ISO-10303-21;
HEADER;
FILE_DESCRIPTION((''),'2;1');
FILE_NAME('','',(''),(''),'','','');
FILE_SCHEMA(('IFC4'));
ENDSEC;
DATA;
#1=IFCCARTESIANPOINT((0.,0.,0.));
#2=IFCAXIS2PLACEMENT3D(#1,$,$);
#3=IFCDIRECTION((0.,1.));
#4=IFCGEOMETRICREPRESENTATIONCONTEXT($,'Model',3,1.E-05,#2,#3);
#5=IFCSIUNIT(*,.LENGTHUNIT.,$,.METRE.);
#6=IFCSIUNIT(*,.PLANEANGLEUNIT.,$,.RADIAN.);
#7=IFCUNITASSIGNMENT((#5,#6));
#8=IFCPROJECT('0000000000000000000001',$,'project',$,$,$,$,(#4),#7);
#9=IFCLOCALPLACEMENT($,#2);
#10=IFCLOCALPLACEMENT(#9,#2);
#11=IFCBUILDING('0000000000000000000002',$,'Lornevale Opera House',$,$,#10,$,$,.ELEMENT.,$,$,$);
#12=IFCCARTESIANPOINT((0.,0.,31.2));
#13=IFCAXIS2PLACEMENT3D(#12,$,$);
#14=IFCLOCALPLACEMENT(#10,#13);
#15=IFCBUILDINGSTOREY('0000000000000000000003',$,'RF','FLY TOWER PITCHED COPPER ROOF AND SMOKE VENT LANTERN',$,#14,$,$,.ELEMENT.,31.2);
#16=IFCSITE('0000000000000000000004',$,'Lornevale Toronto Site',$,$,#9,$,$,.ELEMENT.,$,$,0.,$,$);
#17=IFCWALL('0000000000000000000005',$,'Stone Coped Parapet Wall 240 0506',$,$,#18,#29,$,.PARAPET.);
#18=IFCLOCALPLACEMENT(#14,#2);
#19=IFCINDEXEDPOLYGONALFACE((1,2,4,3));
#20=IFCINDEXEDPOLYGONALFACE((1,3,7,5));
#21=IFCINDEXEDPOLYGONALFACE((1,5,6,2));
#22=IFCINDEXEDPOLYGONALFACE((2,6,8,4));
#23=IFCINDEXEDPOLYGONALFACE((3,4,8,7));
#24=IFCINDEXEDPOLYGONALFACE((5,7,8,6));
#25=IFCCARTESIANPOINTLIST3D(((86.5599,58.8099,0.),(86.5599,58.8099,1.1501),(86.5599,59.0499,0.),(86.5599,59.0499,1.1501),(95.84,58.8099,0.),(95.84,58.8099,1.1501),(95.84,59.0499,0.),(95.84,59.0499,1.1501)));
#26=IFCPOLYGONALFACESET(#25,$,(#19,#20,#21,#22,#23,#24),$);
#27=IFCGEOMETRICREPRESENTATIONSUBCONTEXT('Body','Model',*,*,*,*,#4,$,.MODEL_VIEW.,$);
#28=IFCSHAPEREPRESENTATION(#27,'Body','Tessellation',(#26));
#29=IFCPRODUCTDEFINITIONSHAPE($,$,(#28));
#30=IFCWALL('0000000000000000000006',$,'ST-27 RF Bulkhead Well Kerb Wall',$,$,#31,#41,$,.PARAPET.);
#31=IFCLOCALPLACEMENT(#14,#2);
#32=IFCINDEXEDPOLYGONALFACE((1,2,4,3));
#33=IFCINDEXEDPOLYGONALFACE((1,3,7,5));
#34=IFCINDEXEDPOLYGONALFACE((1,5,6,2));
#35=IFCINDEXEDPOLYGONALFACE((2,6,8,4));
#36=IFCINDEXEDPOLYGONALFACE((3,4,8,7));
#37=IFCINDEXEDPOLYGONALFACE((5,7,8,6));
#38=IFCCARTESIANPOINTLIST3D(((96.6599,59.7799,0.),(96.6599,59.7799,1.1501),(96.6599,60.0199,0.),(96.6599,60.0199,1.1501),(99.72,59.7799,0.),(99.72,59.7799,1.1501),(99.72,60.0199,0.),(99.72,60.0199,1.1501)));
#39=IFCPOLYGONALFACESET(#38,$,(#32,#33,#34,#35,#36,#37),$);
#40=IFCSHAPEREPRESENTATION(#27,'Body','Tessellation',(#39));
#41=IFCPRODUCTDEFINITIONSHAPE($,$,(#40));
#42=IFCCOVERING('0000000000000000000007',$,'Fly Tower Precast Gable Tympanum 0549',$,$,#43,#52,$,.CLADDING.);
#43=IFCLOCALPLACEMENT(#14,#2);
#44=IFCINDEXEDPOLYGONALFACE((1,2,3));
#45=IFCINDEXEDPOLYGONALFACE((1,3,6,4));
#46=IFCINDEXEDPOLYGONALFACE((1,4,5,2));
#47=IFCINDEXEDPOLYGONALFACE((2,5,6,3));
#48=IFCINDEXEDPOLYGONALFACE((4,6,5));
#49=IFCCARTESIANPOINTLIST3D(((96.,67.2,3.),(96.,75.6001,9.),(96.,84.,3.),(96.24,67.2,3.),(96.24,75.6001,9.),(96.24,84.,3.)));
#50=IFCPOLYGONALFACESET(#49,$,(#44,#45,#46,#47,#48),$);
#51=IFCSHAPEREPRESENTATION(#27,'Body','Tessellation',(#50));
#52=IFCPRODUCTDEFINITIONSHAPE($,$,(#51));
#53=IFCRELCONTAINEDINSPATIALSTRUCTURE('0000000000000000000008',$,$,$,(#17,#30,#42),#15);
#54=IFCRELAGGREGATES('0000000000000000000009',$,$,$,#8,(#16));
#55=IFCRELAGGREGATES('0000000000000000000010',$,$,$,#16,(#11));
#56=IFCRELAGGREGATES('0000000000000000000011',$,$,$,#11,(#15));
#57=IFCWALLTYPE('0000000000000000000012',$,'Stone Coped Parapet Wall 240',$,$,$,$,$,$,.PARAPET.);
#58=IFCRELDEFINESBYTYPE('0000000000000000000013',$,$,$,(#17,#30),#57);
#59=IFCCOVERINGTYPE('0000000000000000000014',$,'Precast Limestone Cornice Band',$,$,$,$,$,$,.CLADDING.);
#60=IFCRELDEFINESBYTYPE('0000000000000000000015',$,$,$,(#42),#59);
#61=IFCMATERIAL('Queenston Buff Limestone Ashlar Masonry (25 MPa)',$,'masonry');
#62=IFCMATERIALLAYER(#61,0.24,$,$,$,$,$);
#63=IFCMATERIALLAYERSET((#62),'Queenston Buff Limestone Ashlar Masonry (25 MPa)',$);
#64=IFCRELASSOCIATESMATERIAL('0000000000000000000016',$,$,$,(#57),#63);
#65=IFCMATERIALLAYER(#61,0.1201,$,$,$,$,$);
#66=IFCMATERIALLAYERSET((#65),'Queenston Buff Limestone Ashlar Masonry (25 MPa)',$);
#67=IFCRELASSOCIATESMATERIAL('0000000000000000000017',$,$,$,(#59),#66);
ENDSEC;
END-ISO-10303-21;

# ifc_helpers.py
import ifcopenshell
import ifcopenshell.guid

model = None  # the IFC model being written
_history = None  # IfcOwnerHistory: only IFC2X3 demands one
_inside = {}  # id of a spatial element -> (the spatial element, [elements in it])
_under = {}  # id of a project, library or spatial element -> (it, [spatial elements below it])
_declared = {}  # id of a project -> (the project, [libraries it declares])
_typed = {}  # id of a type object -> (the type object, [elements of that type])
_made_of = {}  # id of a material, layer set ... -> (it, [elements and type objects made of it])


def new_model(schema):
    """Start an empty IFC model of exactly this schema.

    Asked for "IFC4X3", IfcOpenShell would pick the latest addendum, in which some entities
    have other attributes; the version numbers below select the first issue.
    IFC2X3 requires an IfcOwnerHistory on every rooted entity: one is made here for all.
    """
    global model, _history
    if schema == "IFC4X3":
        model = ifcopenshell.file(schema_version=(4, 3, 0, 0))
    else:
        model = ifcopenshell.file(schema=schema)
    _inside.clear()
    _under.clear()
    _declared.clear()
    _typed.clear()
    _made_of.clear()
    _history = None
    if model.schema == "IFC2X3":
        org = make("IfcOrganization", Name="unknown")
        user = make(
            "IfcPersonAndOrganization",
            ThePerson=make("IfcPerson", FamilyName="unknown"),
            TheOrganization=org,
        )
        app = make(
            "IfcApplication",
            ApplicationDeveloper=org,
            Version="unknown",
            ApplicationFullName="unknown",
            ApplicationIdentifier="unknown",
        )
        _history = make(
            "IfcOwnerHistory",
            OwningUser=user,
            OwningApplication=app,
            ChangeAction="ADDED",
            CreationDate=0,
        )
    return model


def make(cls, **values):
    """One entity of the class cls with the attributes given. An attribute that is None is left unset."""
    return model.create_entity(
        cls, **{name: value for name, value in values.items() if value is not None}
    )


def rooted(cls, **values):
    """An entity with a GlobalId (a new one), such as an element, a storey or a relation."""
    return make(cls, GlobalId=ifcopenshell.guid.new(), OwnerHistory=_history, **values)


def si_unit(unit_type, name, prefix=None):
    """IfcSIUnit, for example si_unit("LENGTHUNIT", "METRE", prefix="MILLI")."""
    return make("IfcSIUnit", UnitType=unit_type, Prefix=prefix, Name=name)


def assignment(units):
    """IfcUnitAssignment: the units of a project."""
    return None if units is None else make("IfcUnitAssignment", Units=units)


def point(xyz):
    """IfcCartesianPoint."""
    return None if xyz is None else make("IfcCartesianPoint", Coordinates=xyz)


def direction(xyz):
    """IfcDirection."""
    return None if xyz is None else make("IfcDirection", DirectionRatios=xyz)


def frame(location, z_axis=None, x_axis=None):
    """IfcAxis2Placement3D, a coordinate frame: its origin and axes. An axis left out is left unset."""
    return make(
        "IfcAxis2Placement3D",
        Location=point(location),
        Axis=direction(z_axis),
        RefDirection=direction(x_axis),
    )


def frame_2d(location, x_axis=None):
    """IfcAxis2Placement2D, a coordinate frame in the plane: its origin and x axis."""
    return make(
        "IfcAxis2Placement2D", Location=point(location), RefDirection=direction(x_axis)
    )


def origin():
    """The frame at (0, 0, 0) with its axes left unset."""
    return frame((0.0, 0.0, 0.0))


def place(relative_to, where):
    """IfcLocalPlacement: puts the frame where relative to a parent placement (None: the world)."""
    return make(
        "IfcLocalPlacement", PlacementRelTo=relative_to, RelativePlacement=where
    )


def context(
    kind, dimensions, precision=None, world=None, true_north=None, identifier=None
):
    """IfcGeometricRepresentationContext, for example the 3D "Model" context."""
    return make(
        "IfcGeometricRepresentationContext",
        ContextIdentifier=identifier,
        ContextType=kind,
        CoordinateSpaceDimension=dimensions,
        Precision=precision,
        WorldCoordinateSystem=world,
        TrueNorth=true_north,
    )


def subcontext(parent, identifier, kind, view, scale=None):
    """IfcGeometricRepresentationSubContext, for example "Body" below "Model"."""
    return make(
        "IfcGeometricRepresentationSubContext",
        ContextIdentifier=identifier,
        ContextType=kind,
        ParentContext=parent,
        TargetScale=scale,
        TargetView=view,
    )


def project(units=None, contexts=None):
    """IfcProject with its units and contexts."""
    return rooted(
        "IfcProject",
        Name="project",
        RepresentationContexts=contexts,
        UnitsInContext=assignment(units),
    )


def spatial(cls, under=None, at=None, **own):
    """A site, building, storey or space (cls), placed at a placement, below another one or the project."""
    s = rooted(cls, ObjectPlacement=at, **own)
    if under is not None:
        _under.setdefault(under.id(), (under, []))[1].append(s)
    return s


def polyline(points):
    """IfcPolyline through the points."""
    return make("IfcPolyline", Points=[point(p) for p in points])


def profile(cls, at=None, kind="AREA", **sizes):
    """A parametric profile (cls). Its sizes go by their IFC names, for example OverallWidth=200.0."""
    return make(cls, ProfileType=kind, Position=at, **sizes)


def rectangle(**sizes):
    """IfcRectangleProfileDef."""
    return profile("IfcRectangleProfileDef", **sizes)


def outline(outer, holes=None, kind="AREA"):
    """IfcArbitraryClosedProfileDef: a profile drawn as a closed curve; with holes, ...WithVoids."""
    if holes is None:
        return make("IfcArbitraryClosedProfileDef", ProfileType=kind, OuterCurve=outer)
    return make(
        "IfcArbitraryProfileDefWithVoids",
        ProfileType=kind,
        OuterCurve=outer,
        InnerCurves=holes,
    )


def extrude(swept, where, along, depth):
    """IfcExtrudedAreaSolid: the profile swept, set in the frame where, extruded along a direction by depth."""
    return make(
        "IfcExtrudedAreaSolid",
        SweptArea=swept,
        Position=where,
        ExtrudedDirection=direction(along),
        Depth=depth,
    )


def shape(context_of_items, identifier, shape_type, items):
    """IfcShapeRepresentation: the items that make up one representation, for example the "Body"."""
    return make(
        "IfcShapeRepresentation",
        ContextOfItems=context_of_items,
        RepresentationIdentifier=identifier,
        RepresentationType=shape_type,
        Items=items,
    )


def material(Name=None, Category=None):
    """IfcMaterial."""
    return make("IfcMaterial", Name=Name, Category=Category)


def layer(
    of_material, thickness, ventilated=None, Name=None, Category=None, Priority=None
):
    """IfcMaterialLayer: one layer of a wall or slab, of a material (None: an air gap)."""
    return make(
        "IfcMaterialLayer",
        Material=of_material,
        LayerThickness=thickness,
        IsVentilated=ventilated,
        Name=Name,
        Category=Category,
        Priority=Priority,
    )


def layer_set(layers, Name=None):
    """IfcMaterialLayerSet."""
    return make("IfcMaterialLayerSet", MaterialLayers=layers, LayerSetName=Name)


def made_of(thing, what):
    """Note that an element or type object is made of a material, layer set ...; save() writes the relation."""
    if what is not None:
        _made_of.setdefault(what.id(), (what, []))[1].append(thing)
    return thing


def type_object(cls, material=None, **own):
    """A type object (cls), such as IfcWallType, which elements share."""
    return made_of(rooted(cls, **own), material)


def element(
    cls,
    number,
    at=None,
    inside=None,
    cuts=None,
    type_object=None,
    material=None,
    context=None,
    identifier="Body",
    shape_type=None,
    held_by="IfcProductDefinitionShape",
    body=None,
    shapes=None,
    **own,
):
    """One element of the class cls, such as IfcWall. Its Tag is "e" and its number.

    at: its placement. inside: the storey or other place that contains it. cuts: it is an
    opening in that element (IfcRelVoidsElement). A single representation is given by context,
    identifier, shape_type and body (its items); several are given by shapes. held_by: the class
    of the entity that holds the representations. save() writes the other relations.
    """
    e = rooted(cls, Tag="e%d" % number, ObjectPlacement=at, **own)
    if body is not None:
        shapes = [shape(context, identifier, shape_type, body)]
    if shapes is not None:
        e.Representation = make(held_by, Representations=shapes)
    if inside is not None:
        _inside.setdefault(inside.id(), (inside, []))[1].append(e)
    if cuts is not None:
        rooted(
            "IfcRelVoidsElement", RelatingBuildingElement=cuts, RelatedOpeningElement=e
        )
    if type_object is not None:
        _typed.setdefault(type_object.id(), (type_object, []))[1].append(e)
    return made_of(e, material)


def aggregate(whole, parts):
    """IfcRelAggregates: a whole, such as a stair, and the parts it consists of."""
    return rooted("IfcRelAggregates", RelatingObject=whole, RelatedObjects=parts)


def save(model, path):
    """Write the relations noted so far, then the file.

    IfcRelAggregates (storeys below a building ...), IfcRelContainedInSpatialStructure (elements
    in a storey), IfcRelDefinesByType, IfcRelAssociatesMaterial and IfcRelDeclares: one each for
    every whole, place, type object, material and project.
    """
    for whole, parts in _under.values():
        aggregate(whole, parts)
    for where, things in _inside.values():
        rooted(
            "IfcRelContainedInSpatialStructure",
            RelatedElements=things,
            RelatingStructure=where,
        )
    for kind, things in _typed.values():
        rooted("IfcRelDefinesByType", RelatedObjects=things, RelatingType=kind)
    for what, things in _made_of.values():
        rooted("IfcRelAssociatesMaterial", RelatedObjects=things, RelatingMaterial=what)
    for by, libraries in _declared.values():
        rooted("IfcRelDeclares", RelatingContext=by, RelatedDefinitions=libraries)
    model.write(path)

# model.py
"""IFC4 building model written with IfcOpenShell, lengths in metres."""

from ifc_helpers import new_model, si_unit, direction, frame, frame_2d, origin, place, context, subcontext, project, spatial, polyline, rectangle, outline, extrude, material, layer, layer_set, type_object, element, save


model = new_model("IFC4")

# Units and contexts
model_context = context("Model", 3, precision=1e-05, world=origin(), true_north=direction((0.0, 1.0)))
body_context = subcontext(model_context, "Body", "Model", "MODEL_VIEW")
ifc_project = project(units=[si_unit("LENGTHUNIT", "METRE"), si_unit("PLANEANGLEUNIT", "RADIAN")], contexts=[model_context])

# Site, building, storey
site_placement = place(None, origin())
site = spatial("IfcSite", under=ifc_project, at=site_placement, Name="Lornevale Toronto Site", CompositionType="ELEMENT", RefElevation=0.0)
building_placement = place(site_placement, origin())
building = spatial("IfcBuilding", under=site, at=building_placement, Name="Lornevale Opera House", CompositionType="ELEMENT")
storey_placement = place(building_placement, frame((0.0, 0.0, 31.2)))
storey = spatial("IfcBuildingStorey", under=building, at=storey_placement, Name="RF", Description="FLY TOWER PITCHED COPPER ROOF AND SMOKE VENT LANTERN", CompositionType="ELEMENT", Elevation=31.2)

# Walls
ifc_material_1 = material(Name="Queenston Buff Limestone Ashlar Masonry (25 MPa)", Category="masonry")
ifc_layer_1 = layer(ifc_material_1, 0.24)
ifc_layer_set_1 = layer_set([ifc_layer_1], Name="Queenston Buff Limestone Ashlar Masonry (25 MPa)")
wall_type_1 = type_object("IfcWallType", Name="Stone Coped Parapet Wall 240", PredefinedType="PARAPET", material=ifc_layer_set_1)
wall_1_placement = place(storey_placement, frame((95.8401, 58.9299, 0.0), z_axis=(0.0, 0.0, 1.0), x_axis=(-1.0, 0.0, 0.0)))
element("IfcWall", 1, at=wall_1_placement, inside=storey, type_object=wall_type_1, Name="Stone Coped Parapet Wall 240 0506", PredefinedType="PARAPET", context=body_context, shape_type="SweptSolid", body=[
    extrude(rectangle(XDim=9.28, YDim=0.24, at=frame_2d((4.6401, 0.0))), origin(), (0.0, 0.0, 1.0), 1.1501),
])
wall_2_placement = place(storey_placement, frame((96.6599, 59.8999, 0.0), z_axis=(0.0, 0.0, 1.0), x_axis=(1.0, 0.0, 0.0)))
element("IfcWall", 2, at=wall_2_placement, inside=storey, type_object=wall_type_1, Name="ST-27 RF Bulkhead Well Kerb Wall", PredefinedType="PARAPET", context=body_context, shape_type="SweptSolid", body=[
    extrude(rectangle(XDim=3.0601, YDim=0.24, at=frame_2d((1.53, 0.0))), origin(), (0.0, 0.0, 1.0), 1.1501),
])

# Covering
ifc_layer_2 = layer(ifc_material_1, 0.1201)
ifc_layer_set_2 = layer_set([ifc_layer_2], Name="Queenston Buff Limestone Ashlar Masonry (25 MPa)")
covering_type = type_object("IfcCoveringType", Name="Precast Limestone Cornice Band", PredefinedType="CLADDING", material=ifc_layer_set_2)
covering_placement = place(storey_placement, frame((96.0, 67.2, 3.0), z_axis=(-1.0, 0.0, 0.0), x_axis=(0.0, 0.813738, 0.581231)))
element("IfcCovering", 3, at=covering_placement, inside=storey, type_object=covering_type, Name="Fly Tower Precast Gable Tympanum 0549", PredefinedType="CLADDING", context=body_context, shape_type="SweptSolid", body=[
    extrude(outline(polyline([(0.0, 0.0), (10.3229, 0.0), (13.6708, 9.7647), (0.0, 0.0)])), origin(), (0.0, 0.0, -1.0), 0.24),
])

save(model, "model.ifc")
